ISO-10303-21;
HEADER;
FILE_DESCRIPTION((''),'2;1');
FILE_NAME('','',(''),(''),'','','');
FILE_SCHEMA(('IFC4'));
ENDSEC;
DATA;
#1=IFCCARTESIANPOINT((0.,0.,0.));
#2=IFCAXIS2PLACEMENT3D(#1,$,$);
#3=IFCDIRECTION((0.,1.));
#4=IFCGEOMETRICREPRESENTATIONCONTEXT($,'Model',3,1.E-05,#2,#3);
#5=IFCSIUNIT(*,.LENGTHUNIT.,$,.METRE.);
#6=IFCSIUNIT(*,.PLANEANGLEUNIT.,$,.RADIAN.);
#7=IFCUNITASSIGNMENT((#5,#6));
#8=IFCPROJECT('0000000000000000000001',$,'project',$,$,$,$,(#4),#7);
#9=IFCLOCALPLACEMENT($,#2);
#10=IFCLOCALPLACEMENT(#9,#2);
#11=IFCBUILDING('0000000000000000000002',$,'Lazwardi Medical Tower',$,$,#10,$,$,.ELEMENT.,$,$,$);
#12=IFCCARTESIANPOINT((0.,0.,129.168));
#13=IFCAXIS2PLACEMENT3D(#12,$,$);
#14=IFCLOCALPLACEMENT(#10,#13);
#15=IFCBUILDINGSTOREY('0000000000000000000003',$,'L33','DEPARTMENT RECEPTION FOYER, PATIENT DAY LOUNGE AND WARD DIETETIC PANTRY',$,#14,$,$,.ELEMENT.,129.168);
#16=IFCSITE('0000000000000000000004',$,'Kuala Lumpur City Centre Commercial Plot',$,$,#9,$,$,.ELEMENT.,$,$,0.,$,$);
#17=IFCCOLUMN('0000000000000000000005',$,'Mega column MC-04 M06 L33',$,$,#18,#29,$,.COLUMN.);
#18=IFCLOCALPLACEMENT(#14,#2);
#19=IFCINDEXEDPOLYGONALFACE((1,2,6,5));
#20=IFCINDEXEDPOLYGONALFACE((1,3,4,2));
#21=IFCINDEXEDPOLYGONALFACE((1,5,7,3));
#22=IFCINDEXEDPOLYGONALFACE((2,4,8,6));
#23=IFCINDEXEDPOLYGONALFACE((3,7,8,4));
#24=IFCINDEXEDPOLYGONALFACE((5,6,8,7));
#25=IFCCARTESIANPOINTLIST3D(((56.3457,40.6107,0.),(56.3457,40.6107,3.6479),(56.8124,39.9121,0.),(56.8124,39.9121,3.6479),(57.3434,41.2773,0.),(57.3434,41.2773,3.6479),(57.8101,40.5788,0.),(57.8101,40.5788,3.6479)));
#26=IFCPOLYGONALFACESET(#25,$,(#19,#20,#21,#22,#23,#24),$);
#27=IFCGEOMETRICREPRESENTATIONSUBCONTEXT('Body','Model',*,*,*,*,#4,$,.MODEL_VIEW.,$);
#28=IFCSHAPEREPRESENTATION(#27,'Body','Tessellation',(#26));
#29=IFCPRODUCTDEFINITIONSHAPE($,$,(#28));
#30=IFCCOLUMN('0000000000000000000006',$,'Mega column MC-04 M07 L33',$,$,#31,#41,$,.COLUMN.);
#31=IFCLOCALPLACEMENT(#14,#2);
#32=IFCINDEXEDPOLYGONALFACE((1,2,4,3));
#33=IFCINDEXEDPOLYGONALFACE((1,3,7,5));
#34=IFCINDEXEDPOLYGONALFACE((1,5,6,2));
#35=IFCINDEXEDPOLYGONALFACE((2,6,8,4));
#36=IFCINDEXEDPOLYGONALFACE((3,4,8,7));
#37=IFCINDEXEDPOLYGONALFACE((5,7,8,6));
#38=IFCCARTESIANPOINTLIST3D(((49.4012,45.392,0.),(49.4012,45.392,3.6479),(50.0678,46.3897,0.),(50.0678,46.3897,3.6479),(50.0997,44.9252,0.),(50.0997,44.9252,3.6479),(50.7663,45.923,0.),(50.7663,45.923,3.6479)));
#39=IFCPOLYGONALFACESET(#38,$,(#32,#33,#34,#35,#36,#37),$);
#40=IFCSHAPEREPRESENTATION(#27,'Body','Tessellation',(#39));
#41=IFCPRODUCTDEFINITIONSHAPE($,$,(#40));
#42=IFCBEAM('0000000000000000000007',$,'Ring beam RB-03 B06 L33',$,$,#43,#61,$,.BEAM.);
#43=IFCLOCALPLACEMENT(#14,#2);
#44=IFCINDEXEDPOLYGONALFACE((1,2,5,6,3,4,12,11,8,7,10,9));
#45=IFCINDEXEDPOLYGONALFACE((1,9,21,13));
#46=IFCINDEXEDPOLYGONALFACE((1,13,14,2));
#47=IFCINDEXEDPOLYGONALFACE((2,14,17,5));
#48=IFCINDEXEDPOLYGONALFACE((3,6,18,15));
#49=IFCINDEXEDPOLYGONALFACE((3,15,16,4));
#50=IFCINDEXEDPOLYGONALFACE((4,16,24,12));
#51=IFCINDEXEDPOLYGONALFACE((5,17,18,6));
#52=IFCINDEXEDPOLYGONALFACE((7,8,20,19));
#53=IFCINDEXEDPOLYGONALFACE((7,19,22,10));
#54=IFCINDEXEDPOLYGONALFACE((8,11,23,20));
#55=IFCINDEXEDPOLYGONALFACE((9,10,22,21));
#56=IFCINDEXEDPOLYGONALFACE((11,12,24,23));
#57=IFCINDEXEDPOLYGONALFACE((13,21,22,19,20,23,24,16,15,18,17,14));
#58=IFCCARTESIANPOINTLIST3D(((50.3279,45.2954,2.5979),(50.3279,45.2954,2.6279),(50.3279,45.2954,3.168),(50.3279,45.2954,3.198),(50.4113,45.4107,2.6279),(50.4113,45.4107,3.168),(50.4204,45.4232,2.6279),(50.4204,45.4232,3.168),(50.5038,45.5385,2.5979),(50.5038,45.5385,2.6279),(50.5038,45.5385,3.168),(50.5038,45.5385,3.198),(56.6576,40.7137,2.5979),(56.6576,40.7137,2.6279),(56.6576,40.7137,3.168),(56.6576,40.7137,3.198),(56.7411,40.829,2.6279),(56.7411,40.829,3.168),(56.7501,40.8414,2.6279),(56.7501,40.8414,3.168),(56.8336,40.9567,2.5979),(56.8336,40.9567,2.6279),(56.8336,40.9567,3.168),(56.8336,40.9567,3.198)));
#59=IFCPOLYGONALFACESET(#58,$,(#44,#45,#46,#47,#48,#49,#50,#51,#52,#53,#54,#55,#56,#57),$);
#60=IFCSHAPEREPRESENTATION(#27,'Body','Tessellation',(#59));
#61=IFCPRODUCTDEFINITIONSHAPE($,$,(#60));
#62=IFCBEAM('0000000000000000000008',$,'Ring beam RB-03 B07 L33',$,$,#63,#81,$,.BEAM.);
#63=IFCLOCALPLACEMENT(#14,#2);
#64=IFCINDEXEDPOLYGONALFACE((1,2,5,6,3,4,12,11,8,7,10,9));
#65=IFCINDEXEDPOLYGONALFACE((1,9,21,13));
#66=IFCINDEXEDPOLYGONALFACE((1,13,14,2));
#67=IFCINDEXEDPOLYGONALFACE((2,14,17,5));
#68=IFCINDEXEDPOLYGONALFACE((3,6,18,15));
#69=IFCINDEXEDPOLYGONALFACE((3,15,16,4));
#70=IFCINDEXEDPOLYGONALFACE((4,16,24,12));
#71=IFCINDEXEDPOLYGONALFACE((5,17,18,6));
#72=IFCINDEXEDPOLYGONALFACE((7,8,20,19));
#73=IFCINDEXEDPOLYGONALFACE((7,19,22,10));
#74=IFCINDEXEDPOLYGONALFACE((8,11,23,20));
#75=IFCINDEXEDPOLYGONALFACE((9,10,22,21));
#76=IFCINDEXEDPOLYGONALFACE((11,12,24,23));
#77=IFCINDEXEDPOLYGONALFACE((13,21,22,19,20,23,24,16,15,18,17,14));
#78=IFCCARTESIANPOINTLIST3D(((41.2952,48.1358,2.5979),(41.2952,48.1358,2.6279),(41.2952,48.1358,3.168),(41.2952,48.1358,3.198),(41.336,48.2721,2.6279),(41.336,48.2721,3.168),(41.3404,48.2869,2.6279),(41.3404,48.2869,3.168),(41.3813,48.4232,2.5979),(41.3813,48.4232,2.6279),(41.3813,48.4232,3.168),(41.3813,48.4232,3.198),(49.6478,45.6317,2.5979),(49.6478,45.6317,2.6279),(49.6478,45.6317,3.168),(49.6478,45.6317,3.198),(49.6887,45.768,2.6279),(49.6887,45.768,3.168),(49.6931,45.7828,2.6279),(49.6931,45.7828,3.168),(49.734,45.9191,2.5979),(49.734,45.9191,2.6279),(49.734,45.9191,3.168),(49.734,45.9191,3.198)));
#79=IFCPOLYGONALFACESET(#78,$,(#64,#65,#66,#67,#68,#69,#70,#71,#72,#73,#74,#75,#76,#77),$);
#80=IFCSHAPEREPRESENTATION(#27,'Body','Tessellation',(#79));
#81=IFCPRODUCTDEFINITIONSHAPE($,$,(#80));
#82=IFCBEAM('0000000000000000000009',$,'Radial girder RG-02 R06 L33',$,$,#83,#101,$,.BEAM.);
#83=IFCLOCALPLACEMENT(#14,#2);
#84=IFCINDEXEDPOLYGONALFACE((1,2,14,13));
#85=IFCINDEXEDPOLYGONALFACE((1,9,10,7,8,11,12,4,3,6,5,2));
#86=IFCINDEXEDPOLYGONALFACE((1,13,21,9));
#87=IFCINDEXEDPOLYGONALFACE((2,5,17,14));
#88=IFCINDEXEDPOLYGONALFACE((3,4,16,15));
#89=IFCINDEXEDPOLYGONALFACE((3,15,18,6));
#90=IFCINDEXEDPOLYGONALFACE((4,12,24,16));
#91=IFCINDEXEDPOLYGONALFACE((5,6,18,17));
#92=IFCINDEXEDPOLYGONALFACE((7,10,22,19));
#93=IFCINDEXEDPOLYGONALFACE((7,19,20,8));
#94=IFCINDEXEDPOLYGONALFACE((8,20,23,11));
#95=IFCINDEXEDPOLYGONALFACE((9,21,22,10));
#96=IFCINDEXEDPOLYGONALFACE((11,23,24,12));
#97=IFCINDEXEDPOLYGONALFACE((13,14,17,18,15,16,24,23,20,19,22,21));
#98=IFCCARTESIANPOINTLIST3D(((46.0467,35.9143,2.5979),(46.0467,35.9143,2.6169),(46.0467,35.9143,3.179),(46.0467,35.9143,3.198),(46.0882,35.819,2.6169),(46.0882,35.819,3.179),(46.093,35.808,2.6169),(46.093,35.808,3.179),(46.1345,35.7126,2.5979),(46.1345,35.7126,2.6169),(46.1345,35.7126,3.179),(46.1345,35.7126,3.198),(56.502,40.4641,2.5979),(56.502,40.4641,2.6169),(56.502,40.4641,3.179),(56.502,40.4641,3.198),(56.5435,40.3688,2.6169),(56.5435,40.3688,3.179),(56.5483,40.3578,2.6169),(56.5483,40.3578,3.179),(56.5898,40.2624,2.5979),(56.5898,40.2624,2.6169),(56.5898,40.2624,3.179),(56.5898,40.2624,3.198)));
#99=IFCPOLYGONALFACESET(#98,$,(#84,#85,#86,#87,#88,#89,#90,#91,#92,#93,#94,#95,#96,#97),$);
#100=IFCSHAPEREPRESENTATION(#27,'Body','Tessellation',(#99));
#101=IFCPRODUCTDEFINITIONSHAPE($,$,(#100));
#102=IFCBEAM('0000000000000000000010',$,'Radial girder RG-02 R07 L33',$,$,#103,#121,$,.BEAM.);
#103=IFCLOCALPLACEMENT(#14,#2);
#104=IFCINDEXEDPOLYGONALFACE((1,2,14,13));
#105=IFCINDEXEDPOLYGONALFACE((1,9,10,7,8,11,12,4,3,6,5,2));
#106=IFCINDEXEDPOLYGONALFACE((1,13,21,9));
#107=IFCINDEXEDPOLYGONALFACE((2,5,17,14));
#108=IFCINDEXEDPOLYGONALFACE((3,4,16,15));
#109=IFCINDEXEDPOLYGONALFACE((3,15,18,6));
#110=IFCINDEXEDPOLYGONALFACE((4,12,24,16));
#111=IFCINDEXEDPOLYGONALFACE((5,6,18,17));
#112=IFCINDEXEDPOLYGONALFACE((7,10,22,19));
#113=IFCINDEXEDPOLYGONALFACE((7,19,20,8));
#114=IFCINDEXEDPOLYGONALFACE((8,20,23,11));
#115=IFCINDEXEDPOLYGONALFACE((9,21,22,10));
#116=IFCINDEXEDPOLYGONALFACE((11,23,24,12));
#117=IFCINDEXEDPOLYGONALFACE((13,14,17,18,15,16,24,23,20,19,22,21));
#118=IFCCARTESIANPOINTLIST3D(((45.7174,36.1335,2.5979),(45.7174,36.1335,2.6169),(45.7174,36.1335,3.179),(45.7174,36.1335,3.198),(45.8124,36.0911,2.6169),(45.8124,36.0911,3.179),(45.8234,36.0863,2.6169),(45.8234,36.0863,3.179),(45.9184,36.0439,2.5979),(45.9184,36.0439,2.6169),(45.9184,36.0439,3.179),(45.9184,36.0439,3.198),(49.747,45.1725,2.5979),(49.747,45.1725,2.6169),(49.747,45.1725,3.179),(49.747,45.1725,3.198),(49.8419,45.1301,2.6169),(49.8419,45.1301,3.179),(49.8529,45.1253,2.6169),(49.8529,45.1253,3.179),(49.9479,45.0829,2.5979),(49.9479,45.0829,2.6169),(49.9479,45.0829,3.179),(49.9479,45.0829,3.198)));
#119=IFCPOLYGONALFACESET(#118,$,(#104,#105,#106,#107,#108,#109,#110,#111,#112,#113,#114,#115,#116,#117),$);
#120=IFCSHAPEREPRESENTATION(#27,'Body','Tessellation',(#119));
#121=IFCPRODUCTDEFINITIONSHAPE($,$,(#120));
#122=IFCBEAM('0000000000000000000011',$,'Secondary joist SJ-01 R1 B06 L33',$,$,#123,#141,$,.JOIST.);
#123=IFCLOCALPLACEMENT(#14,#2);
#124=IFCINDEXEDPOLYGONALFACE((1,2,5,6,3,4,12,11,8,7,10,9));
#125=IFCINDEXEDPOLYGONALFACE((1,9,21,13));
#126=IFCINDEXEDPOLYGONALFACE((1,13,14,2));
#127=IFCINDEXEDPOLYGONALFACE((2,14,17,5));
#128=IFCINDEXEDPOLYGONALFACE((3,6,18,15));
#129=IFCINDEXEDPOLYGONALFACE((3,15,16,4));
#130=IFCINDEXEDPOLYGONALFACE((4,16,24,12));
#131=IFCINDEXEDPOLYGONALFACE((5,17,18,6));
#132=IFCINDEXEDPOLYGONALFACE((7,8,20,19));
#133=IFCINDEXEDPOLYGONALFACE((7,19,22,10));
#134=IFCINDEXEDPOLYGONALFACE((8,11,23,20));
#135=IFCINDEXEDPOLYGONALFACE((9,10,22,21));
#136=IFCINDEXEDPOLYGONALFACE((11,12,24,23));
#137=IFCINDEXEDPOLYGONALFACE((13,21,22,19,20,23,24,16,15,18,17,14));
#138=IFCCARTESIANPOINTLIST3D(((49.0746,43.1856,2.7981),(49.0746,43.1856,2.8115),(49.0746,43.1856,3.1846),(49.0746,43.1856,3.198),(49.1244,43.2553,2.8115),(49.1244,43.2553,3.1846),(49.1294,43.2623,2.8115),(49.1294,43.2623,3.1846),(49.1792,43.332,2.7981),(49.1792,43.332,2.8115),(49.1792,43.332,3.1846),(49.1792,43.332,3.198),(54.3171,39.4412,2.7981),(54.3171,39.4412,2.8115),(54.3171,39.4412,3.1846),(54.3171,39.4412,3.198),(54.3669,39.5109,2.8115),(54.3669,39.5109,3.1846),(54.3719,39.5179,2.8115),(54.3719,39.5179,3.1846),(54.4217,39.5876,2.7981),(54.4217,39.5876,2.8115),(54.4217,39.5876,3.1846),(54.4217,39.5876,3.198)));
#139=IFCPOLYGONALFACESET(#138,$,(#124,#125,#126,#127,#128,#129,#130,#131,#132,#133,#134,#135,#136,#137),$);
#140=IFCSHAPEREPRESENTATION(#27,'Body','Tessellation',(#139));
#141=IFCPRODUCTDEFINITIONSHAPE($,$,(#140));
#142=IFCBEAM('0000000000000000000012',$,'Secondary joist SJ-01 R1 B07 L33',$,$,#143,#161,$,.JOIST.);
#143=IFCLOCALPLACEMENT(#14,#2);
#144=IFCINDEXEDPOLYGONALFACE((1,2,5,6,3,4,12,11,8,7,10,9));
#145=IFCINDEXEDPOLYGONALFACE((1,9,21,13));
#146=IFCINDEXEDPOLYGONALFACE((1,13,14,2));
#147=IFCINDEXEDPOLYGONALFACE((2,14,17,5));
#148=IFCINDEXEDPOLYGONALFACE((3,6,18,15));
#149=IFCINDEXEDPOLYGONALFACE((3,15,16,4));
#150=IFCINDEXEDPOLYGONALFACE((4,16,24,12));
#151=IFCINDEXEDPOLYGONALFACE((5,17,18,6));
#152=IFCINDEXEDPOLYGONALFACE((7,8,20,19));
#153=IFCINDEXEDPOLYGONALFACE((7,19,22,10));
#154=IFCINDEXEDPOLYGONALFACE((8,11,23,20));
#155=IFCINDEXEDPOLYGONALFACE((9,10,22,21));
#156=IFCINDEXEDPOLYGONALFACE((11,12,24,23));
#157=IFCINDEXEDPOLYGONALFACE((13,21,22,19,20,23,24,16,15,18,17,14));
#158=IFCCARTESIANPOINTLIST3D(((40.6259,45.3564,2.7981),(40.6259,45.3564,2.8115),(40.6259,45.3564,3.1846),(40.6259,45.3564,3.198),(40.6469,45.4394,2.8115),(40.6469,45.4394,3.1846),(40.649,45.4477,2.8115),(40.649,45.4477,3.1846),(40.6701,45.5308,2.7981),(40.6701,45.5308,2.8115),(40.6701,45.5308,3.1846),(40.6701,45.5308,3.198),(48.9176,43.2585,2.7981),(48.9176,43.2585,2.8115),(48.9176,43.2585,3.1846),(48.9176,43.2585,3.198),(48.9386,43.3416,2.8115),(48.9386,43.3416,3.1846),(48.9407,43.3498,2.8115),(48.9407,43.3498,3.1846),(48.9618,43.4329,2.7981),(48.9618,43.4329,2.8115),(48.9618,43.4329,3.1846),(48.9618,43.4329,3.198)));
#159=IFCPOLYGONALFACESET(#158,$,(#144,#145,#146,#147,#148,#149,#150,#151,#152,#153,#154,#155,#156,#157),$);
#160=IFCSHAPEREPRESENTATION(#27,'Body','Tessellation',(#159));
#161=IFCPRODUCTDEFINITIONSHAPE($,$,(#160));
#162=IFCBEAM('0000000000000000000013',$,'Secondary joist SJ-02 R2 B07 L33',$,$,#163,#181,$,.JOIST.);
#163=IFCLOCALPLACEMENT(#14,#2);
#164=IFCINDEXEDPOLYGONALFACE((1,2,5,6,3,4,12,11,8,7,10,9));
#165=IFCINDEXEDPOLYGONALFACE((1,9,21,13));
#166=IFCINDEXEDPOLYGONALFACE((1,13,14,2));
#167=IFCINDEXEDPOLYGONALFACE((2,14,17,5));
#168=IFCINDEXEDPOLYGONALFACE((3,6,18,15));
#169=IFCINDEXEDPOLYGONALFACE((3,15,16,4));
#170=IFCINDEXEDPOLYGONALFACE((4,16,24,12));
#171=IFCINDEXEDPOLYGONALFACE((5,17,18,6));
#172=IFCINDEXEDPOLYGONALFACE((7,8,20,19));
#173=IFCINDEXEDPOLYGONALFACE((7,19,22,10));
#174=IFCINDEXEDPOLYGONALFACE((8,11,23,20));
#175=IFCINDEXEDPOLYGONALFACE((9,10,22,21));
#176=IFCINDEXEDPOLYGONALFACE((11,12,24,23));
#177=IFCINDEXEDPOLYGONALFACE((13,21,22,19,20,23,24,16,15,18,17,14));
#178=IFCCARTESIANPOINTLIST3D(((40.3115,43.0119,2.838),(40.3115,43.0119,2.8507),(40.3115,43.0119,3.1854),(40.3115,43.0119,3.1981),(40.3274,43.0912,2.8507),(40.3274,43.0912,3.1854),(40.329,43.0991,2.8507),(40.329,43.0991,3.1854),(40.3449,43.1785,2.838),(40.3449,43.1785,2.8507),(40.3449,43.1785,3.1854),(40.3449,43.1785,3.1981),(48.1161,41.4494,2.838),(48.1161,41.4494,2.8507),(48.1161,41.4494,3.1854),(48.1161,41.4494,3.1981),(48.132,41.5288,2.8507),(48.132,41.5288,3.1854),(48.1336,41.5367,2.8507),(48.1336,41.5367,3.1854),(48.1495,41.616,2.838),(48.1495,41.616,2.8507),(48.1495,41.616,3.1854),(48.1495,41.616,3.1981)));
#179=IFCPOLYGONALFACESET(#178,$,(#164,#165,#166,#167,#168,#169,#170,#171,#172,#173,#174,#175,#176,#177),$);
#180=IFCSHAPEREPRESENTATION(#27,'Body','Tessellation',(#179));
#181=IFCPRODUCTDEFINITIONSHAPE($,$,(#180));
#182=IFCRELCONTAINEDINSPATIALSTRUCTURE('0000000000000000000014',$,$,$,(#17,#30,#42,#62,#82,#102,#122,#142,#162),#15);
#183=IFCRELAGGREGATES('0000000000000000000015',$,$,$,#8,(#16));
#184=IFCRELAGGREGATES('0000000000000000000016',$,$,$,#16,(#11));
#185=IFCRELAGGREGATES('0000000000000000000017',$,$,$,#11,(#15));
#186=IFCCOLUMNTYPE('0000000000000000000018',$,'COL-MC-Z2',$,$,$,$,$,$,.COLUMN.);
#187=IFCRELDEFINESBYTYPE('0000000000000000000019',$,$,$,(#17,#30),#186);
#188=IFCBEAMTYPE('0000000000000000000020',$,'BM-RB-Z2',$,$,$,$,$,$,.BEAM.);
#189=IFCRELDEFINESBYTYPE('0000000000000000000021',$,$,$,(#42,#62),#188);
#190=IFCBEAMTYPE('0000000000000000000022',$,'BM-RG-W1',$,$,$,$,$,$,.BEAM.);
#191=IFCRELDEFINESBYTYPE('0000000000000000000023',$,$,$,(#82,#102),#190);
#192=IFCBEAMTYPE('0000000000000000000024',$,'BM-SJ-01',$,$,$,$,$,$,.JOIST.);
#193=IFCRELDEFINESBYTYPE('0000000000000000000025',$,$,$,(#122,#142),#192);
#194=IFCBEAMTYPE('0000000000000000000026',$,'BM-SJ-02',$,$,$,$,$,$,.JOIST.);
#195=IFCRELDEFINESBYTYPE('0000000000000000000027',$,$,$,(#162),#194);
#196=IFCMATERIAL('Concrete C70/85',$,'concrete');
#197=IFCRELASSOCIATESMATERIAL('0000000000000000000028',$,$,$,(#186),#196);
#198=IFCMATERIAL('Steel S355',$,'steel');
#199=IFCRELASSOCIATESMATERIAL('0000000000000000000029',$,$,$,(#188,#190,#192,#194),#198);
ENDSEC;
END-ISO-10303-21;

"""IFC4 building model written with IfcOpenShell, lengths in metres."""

from ifc_helpers import new_model, si_unit, direction, frame, origin, origin_2d, place, context, subcontext, project, spatial, rectangle, i_section, extrude, material, material_profile, profile_set, type_object, element, save


model = new_model("IFC4")

# Units and contexts
model_context = context("Model", 3, precision=1e-05, world=origin(), true_north=direction((0.0, 1.0)))
body_context = subcontext(model_context, "Body", "Model", "MODEL_VIEW")
ifc_project = project(units=[si_unit("LENGTHUNIT", "METRE"), si_unit("PLANEANGLEUNIT", "RADIAN")], contexts=[model_context])

# Site, building, storey
site_placement = place(None, origin())
site = spatial("IfcSite", under=ifc_project, at=site_placement, Name="Kuala Lumpur City Centre Commercial Plot", CompositionType="ELEMENT", RefElevation=0.0)
building_placement = place(site_placement, origin())
building = spatial("IfcBuilding", under=site, at=building_placement, Name="Lazwardi Medical Tower", CompositionType="ELEMENT")
storey_placement = place(building_placement, frame((0.0, 0.0, 129.168)))
storey = spatial("IfcBuildingStorey", under=building, at=storey_placement, Name="L33", Description="DEPARTMENT RECEPTION FOYER, PATIENT DAY LOUNGE AND WARD DIETETIC PANTRY", CompositionType="ELEMENT", Elevation=129.168)

# Columns
ifc_material_1 = material(Name="Concrete C70/85", Category="concrete")
ifc_material_profile_1 = material_profile(ifc_material_1, rectangle(XDim=1.2, YDim=0.8401, at=origin_2d()), Name="CFT-RECT 1200x840")
ifc_profile_set_1 = profile_set([ifc_material_profile_1], Name="Concrete C70/85")
column_type = type_object("IfcColumnType", Name="COL-MC-Z2", PredefinedType="COLUMN", material=ifc_profile_set_1)
for number, where, z_axis, x_axis, name in (
    (1, (57.0779, 40.5947, 0.0), (0.0, 0.0, 1.0), (0.83147, 0.55557, 0.0), "Mega column MC-04 M06 L33"),
    (2, (50.0837, 45.6575, 0.0), (0.0, 0.0, 1.0), (0.55557, 0.83147, 0.0), "Mega column MC-04 M07 L33"),
):
    element("IfcColumn", number, at=place(storey_placement, frame(where, z_axis=z_axis, x_axis=x_axis)), inside=storey, type_object=column_type, Name=name, PredefinedType="COLUMN", context=body_context, shape_type="SweptSolid", body=[
        extrude(rectangle(XDim=1.2, YDim=0.8401, at=origin_2d()), origin(), (0.0, 0.0, 1.0), 3.6479),
    ])

# Beams
ifc_material_2 = material(Name="Steel S355", Category="steel")
ifc_material_profile_2 = material_profile(ifc_material_2, i_section(OverallWidth=0.3, OverallDepth=0.6001, WebThickness=0.0154, FlangeThickness=0.03, at=origin_2d()), Name="HEB 600")
ifc_profile_set_2 = profile_set([ifc_material_profile_2], Name="Steel S355")
beam_type_1 = type_object("IfcBeamType", Name="BM-RB-Z2", PredefinedType="BEAM", material=ifc_profile_set_2)
beam_1_placement = place(storey_placement, frame((56.7456, 40.8352, 2.8979), z_axis=(-0.810057, 0.586351, 0.0), x_axis=(-0.586351, -0.810057, 0.0)))
element("IfcBeam", 3, at=beam_1_placement, inside=storey, type_object=beam_type_1, Name="Ring beam RB-03 B06 L33", PredefinedType="BEAM", context=body_context, shape_type="SweptSolid", body=[
    extrude(i_section(OverallWidth=0.3, OverallDepth=0.6001, WebThickness=0.0154, FlangeThickness=0.03, at=origin_2d()), origin(), (0.0, 0.0, 1.0), 7.814),
])
beam_2_placement = place(storey_placement, frame((49.6909, 45.7754, 2.8979), z_axis=(-0.957879, 0.287171, 0.0), x_axis=(-0.287171, -0.957879, 0.0)))
element("IfcBeam", 4, at=beam_2_placement, inside=storey, type_object=beam_type_1, Name="Ring beam RB-03 B07 L33", PredefinedType="BEAM", context=body_context, shape_type="SweptSolid", body=[
    extrude(i_section(OverallWidth=0.3, OverallDepth=0.6001, WebThickness=0.0154, FlangeThickness=0.03, at=origin_2d()), origin(), (0.0, 0.0, 1.0), 8.72),
])
ifc_material_profile_3 = material_profile(ifc_material_2, i_section(OverallWidth=0.22, OverallDepth=0.6001, WebThickness=0.012, FlangeThickness=0.019, at=origin_2d()), Name="IPE 600")
ifc_profile_set_3 = profile_set([ifc_material_profile_3], Name="Steel S355")
beam_type_2 = type_object("IfcBeamType", Name="BM-RG-W1", PredefinedType="BEAM", material=ifc_profile_set_3)
beam_3_placement = place(storey_placement, frame((56.5459, 40.3633, 2.8979), z_axis=(-0.916941, -0.399022, 0.0), x_axis=(0.399022, -0.916941, 0.0)))
element("IfcBeam", 5, at=beam_3_placement, inside=storey, type_object=beam_type_2, Name="Radial girder RG-02 R06 L33", PredefinedType="BEAM", context=body_context, shape_type="SweptSolid", body=[
    extrude(i_section(OverallWidth=0.22, OverallDepth=0.6001, WebThickness=0.012, FlangeThickness=0.019, at=origin_2d()), origin(), (0.0, 0.0, 1.0), 11.4023),
])
beam_4_placement = place(storey_placement, frame((49.8474, 45.1277, 2.8979), z_axis=(-0.407166, -0.913354, 0.0), x_axis=(0.913354, -0.407166, 0.0)))
element("IfcBeam", 6, at=beam_4_placement, inside=storey, type_object=beam_type_2, Name="Radial girder RG-02 R07 L33", PredefinedType="BEAM", context=body_context, shape_type="SweptSolid", body=[
    extrude(i_section(OverallWidth=0.22, OverallDepth=0.6001, WebThickness=0.012, FlangeThickness=0.019, at=origin_2d()), origin(), (0.0, 0.0, 1.0), 9.8965),
])
ifc_material_profile_4 = material_profile(ifc_material_2, i_section(OverallWidth=0.1799, OverallDepth=0.3999, WebThickness=0.0085, FlangeThickness=0.0134, at=origin_2d()), Name="IPE 400")
ifc_profile_set_4 = profile_set([ifc_material_profile_4], Name="Steel S355")
beam_type_3 = type_object("IfcBeamType", Name="BM-SJ-01", PredefinedType="JOIST", material=ifc_profile_set_4)
beam_5_placement = place(storey_placement, frame((54.3694, 39.5144, 2.998), z_axis=(-0.813749, 0.581217, 0.0), x_axis=(-0.581217, -0.813749, 0.0)))
element("IfcBeam", 7, at=beam_5_placement, inside=storey, type_object=beam_type_3, Name="Secondary joist SJ-01 R1 B06 L33", PredefinedType="JOIST", context=body_context, shape_type="SweptSolid", body=[
    extrude(i_section(OverallWidth=0.1799, OverallDepth=0.3999, WebThickness=0.0085, FlangeThickness=0.0134, at=origin_2d()), origin(), (0.0, 0.0, 1.0), 6.4424),
])
beam_6_placement = place(storey_placement, frame((48.9397, 43.3457, 2.998), z_axis=(-0.969452, 0.245282, 0.0), x_axis=(-0.245282, -0.969452, 0.0)))
element("IfcBeam", 8, at=beam_6_placement, inside=storey, type_object=beam_type_3, Name="Secondary joist SJ-01 R1 B07 L33", PredefinedType="JOIST", context=body_context, shape_type="SweptSolid", body=[
    extrude(i_section(OverallWidth=0.1799, OverallDepth=0.3999, WebThickness=0.0085, FlangeThickness=0.0134, at=origin_2d()), origin(), (0.0, 0.0, 1.0), 8.553),
])
ifc_material_profile_5 = material_profile(ifc_material_2, i_section(OverallWidth=0.1699, OverallDepth=0.3601, WebThickness=0.0081, FlangeThickness=0.0127, at=origin_2d()), Name="IPE 360")
ifc_profile_set_5 = profile_set([ifc_material_profile_5], Name="Steel S355")
beam_type_4 = type_object("IfcBeamType", Name="BM-SJ-02", PredefinedType="JOIST", material=ifc_profile_set_5)
beam_7_placement = place(storey_placement, frame((48.1328, 41.5327, 3.0181), z_axis=(-0.980543, 0.196305, 0.0), x_axis=(-0.196305, -0.980543, 0.0)))
element("IfcBeam", 9, at=beam_7_placement, inside=storey, type_object=beam_type_4, Name="Secondary joist SJ-02 R2 B07 L33", PredefinedType="JOIST", context=body_context, shape_type="SweptSolid", body=[
    extrude(i_section(OverallWidth=0.1699, OverallDepth=0.3601, WebThickness=0.0081, FlangeThickness=0.0127, at=origin_2d()), origin(), (0.0, 0.0, 1.0), 7.9595),
])

save(model, "model.ifc")
